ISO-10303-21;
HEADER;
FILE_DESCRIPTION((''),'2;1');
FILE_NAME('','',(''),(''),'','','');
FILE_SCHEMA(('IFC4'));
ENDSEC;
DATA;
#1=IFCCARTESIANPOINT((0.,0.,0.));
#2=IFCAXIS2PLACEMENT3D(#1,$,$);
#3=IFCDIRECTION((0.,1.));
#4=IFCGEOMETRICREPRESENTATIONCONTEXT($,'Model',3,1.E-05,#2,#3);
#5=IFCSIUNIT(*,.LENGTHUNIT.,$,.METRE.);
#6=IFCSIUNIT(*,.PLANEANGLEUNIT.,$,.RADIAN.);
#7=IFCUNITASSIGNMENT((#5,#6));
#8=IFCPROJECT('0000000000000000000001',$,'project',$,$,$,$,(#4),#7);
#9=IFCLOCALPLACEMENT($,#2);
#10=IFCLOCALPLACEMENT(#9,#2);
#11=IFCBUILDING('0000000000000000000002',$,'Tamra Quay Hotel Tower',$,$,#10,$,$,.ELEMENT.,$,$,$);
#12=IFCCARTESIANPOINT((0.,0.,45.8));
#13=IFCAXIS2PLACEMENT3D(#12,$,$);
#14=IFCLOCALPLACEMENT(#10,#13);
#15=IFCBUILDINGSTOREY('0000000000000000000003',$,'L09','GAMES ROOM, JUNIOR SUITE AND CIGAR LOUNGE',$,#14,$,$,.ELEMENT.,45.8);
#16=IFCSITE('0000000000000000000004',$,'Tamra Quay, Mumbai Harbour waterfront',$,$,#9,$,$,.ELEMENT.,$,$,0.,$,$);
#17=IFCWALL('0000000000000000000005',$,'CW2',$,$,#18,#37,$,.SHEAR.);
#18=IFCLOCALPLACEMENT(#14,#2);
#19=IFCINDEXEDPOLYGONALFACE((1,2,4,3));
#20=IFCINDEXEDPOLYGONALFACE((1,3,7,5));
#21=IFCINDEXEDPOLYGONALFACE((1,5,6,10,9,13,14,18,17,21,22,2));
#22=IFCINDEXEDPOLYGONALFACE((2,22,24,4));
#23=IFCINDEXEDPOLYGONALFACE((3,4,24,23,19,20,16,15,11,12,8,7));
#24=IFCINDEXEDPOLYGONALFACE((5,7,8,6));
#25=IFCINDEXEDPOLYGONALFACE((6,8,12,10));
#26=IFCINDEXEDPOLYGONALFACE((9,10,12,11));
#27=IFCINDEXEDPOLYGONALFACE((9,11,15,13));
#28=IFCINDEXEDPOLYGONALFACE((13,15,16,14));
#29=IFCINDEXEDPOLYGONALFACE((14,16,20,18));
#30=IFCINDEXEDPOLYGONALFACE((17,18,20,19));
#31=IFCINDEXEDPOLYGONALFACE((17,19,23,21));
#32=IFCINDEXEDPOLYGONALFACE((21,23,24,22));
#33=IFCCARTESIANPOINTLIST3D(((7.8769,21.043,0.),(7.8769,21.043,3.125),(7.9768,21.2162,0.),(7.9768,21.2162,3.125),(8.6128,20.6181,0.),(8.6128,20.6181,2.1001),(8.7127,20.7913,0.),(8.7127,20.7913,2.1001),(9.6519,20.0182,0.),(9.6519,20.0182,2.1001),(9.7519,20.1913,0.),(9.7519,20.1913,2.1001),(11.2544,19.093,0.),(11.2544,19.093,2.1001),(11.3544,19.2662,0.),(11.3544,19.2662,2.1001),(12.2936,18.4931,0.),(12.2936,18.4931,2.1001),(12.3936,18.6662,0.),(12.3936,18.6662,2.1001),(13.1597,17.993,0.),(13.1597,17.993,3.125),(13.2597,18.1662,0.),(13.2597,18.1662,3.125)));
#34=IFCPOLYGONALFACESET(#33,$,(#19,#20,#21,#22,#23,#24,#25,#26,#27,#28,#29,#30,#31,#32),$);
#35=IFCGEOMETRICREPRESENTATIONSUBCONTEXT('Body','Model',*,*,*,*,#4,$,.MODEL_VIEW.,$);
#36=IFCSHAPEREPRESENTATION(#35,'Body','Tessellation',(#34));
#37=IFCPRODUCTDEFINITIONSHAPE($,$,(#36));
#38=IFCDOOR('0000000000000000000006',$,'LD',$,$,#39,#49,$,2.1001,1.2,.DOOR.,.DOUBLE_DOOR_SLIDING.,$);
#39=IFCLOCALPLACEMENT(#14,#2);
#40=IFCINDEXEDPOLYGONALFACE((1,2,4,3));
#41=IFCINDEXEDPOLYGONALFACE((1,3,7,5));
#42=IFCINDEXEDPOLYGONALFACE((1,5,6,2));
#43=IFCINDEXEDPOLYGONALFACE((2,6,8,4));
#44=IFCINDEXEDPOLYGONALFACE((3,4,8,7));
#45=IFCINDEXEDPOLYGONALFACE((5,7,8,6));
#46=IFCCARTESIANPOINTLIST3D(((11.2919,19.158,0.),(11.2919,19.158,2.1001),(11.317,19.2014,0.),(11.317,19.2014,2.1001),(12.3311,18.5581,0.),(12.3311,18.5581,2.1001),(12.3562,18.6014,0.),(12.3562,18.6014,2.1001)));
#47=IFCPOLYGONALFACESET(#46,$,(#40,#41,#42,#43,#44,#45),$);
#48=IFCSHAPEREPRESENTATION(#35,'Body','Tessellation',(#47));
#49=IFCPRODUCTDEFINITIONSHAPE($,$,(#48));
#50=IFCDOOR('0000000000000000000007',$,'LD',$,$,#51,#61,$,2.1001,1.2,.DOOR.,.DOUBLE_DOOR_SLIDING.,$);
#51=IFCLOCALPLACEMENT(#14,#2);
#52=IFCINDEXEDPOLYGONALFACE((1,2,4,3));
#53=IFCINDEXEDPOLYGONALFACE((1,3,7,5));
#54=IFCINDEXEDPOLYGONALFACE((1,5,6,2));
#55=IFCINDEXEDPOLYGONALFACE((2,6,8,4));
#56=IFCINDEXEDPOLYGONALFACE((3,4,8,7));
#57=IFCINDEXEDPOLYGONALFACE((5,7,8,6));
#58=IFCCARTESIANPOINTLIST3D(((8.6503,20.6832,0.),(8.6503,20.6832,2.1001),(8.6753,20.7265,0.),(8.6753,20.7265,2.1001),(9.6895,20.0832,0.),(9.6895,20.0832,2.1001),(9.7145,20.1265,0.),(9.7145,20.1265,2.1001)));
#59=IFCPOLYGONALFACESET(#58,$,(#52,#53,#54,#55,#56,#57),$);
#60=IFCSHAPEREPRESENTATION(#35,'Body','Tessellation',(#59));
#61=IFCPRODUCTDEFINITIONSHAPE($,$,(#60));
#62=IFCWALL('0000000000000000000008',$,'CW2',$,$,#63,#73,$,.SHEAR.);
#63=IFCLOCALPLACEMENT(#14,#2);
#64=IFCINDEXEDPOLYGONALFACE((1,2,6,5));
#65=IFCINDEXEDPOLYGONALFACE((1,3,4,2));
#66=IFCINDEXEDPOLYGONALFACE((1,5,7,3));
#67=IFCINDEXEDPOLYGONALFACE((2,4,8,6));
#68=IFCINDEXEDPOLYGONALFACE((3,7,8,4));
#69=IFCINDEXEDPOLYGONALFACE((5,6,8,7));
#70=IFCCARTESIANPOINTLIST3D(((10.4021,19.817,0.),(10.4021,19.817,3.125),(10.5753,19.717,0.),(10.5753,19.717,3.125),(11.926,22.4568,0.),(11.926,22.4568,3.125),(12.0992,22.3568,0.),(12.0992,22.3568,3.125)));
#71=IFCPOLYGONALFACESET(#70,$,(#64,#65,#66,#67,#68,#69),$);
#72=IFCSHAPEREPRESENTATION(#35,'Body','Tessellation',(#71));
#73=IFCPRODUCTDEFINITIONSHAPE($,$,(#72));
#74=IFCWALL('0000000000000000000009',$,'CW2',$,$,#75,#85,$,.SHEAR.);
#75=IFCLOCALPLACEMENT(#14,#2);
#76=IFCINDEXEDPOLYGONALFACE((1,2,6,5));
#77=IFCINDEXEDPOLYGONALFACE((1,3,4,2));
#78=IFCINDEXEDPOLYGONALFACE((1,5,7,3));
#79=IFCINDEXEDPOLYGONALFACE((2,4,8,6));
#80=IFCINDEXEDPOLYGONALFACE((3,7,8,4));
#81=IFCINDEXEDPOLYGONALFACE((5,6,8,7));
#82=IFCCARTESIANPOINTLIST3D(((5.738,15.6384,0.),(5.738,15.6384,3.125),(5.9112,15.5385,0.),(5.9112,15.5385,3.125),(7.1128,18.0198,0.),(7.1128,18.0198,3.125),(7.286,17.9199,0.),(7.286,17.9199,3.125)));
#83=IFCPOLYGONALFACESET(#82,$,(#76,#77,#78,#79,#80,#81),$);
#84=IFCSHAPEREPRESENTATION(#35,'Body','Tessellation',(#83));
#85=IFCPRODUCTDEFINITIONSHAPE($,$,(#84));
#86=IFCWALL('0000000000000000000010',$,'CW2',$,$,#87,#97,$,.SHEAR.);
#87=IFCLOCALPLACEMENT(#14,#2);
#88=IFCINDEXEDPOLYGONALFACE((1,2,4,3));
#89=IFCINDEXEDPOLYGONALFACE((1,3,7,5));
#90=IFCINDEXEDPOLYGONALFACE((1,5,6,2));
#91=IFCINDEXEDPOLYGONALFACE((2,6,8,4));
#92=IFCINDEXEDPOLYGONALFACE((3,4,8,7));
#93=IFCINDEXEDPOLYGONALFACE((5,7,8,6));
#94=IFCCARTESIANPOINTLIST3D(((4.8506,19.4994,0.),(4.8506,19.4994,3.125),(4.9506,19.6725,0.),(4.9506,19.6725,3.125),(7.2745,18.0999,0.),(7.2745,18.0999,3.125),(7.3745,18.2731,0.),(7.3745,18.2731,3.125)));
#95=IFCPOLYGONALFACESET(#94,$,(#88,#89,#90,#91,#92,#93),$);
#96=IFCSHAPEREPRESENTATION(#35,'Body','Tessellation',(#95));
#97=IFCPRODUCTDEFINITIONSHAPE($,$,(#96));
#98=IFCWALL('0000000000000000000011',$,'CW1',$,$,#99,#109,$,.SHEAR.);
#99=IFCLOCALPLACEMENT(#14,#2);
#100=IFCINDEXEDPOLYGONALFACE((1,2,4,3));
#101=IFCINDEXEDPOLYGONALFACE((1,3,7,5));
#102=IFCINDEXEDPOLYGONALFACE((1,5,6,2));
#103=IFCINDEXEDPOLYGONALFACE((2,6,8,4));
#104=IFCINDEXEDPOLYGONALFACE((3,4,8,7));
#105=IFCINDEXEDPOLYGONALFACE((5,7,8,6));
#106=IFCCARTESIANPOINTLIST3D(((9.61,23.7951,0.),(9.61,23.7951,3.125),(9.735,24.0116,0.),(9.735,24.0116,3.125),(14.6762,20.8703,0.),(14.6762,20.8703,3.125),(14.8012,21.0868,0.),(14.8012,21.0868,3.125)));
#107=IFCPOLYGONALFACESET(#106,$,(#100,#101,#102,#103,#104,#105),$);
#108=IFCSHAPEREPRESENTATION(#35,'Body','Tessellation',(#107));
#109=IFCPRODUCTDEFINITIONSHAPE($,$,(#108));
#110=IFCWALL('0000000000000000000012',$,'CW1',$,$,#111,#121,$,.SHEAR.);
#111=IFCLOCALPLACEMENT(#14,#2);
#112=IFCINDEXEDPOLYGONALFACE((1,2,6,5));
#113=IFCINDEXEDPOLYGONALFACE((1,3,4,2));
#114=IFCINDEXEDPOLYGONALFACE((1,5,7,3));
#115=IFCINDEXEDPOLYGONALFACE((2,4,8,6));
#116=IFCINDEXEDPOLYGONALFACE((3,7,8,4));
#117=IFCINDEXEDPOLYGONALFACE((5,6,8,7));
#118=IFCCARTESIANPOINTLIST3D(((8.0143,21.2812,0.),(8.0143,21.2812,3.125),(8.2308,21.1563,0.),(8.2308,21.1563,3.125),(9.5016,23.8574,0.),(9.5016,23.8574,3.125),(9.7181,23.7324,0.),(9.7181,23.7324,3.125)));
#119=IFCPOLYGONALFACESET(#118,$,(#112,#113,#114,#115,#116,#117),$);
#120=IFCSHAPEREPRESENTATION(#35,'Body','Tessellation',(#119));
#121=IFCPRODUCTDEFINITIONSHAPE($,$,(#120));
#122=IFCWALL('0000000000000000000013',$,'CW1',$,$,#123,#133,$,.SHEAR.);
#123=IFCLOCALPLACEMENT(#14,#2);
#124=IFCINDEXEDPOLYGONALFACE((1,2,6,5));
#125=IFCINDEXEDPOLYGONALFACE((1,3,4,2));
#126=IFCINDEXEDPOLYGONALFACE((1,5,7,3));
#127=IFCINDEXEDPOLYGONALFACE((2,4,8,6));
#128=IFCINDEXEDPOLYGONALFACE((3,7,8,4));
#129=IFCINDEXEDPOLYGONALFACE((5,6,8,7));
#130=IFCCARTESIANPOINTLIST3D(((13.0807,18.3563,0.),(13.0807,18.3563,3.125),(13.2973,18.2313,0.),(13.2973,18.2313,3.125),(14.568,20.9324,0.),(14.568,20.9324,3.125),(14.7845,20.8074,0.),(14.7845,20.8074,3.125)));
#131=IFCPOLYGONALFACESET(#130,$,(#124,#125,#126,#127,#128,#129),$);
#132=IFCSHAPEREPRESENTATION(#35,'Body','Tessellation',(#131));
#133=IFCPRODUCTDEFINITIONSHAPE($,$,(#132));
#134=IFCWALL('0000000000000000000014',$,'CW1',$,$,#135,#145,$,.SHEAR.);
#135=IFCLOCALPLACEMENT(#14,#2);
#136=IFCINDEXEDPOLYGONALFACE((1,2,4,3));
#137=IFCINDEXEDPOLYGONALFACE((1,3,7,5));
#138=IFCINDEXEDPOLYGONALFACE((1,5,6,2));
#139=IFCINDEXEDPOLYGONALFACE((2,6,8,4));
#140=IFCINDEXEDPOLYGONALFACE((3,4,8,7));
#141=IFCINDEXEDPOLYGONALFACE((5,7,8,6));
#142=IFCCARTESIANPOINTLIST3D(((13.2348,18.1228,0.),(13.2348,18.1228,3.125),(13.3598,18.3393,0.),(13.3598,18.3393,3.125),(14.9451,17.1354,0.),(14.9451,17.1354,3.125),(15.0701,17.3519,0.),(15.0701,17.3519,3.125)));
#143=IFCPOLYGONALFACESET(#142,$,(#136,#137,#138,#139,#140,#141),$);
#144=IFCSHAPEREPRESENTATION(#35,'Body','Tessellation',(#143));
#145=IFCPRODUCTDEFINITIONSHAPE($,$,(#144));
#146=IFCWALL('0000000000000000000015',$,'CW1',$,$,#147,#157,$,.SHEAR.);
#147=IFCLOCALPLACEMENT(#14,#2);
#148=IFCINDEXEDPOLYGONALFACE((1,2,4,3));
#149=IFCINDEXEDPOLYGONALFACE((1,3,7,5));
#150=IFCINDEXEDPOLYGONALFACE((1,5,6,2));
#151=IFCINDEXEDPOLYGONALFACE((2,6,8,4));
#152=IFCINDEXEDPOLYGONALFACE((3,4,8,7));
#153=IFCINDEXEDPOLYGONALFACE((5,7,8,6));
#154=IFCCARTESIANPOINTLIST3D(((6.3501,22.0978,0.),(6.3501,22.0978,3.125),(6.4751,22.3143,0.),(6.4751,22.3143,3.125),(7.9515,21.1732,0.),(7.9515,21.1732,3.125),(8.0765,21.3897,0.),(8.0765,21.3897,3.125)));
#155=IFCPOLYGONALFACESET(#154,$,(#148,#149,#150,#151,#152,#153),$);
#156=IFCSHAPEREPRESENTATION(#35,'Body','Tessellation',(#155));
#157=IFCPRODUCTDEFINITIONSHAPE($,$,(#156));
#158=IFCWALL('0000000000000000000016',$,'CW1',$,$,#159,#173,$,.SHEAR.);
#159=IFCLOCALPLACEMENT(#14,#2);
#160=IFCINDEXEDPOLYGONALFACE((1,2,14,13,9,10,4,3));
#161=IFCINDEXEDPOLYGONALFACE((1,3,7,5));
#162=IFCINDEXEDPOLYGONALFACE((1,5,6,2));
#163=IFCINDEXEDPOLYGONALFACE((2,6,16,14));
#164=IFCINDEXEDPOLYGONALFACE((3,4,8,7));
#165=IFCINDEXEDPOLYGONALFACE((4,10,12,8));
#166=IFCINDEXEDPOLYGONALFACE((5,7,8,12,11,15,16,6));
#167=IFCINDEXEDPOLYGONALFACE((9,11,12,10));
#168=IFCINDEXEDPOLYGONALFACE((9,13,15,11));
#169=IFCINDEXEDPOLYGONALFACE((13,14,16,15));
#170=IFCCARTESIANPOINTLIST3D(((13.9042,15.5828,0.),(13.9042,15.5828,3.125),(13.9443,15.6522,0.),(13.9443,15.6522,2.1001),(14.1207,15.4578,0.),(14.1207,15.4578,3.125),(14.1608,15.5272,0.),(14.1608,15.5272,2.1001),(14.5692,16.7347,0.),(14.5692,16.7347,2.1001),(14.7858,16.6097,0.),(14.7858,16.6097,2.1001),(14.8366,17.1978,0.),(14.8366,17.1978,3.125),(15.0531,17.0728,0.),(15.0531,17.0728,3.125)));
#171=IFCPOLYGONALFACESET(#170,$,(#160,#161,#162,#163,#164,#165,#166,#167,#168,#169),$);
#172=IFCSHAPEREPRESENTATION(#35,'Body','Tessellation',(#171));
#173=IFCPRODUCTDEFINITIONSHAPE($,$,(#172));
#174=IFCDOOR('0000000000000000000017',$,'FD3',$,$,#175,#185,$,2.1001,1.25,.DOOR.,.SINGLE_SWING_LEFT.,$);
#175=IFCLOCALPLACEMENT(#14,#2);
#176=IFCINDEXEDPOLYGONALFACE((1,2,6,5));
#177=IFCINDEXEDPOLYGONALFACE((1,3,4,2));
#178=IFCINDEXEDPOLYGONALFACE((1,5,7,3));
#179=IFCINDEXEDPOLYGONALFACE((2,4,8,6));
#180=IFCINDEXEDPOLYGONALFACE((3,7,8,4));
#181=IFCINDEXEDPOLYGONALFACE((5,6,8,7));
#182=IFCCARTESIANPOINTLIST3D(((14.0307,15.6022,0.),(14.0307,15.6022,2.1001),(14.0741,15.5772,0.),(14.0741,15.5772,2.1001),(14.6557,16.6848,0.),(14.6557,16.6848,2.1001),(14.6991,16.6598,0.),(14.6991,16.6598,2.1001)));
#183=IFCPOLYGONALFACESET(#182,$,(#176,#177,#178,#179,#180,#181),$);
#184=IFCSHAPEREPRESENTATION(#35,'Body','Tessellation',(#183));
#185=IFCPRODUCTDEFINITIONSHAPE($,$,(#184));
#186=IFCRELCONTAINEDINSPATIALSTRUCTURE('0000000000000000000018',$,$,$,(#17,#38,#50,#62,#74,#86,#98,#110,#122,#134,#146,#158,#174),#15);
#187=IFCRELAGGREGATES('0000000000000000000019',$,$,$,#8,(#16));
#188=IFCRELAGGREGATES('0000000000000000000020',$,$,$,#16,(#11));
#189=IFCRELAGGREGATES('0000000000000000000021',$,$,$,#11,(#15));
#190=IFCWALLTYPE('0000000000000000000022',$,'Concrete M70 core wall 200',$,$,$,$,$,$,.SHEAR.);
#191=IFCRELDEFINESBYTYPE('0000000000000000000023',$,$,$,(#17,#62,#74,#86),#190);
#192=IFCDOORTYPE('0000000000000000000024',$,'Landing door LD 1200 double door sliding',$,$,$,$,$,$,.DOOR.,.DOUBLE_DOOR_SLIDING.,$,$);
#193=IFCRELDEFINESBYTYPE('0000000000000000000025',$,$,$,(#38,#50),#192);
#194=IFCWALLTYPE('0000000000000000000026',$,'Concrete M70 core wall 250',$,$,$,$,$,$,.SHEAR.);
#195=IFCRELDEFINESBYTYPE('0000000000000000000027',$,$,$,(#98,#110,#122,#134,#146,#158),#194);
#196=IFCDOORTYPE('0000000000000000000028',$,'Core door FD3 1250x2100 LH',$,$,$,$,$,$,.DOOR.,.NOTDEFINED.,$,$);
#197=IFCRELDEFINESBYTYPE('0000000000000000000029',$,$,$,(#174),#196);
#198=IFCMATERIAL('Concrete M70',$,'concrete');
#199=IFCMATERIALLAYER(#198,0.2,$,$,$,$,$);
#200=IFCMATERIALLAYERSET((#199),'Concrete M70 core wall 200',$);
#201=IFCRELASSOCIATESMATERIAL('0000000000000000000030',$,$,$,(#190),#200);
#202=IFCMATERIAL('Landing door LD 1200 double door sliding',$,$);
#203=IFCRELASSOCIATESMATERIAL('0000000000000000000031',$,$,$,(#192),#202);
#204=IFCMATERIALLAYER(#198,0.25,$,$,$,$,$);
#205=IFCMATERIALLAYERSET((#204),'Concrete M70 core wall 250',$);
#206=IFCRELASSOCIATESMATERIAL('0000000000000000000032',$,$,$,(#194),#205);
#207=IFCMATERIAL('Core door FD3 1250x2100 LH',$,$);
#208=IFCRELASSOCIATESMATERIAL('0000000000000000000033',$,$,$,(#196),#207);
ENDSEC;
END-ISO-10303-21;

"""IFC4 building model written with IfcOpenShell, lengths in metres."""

from ifc_helpers import new_model, si_unit, direction, frame, frame_2d, origin, place, context, subcontext, project, spatial, rectangle, extrude, material, layer, layer_set, type_object, element, fill, save


model = new_model("IFC4")

# Units and contexts
model_context = context("Model", 3, precision=1e-05, world=origin(), true_north=direction((0.0, 1.0)))
body_context = subcontext(model_context, "Body", "Model", "MODEL_VIEW")
ifc_project = project(units=[si_unit("LENGTHUNIT", "METRE"), si_unit("PLANEANGLEUNIT", "RADIAN")], contexts=[model_context])

# Site, building, storey
site_placement = place(None, origin())
site = spatial("IfcSite", under=ifc_project, at=site_placement, Name="Tamra Quay, Mumbai Harbour waterfront", CompositionType="ELEMENT", RefElevation=0.0)
building_placement = place(site_placement, origin())
building = spatial("IfcBuilding", under=site, at=building_placement, Name="Tamra Quay Hotel Tower", CompositionType="ELEMENT")
storey_placement = place(building_placement, frame((0.0, 0.0, 45.8)))
storey = spatial("IfcBuildingStorey", under=building, at=storey_placement, Name="L09", Description="GAMES ROOM, JUNIOR SUITE AND CIGAR LOUNGE", CompositionType="ELEMENT", Elevation=45.8)

# Shared definitions
ifc_material_1 = material(Name="Concrete M70", Category="concrete")

# Wall, openings, doors
ifc_layer_1 = layer(ifc_material_1, 0.2)
ifc_layer_set_1 = layer_set([ifc_layer_1], Name="Concrete M70 core wall 200")
wall_type_1 = type_object("IfcWallType", Name="Concrete M70 core wall 200", PredefinedType="SHEAR", material=ifc_layer_set_1)
wall_1_placement = place(storey_placement, frame((13.2097, 18.0796, 0.0), z_axis=(0.0, 0.0, 1.0), x_axis=(-0.86603, 0.499992, 0.0)))
wall_1 = element("IfcWall", 1, at=wall_1_placement, inside=storey, type_object=wall_type_1, Name="CW2", PredefinedType="SHEAR", context=body_context, shape_type="SweptSolid", body=[
    extrude(rectangle(XDim=6.1001, YDim=0.2, at=frame_2d((3.05, 0.0))), origin(), (0.0, 0.0, 1.0), 3.125),
])
opening_1_placement = place(wall_1_placement, frame((1.0, 0.0, 0.0)))
opening_1 = element("IfcOpeningElement", 2, at=opening_1_placement, cuts=wall_1, PredefinedType="OPENING", context=body_context, shape_type="SweptSolid", body=[
    extrude(rectangle(XDim=1.2, YDim=2.1001, at=frame_2d((0.6001, 1.05))), frame((0.0, 0.1099, 0.0), z_axis=(0.0, -1.0, 0.0), x_axis=(1.0, 0.0, 0.0)), (0.0, 0.0, 1.0), 0.22),
])
opening_2_placement = place(wall_1_placement, frame((4.0503, 0.0, 0.0)))
opening_2 = element("IfcOpeningElement", 3, at=opening_2_placement, cuts=wall_1, PredefinedType="OPENING", context=body_context, shape_type="SweptSolid", body=[
    extrude(rectangle(XDim=1.2, YDim=2.1001, at=frame_2d((0.6001, 1.05))), frame((0.0, 0.1099, 0.0), z_axis=(0.0, -1.0, 0.0), x_axis=(1.0, 0.0, 0.0)), (0.0, 0.0, 1.0), 0.22),
])
ifc_material_2 = material(Name="Landing door LD 1200 double door sliding")
door_type_1 = type_object("IfcDoorType", Name="Landing door LD 1200 double door sliding", OperationType="DOUBLE_DOOR_SLIDING", PredefinedType="DOOR", material=ifc_material_2)
door_1_placement = place(opening_1_placement, origin())
door_1 = element("IfcDoor", 4, at=door_1_placement, inside=storey, type_object=door_type_1, Name="LD", OperationType="DOUBLE_DOOR_SLIDING", OverallHeight=2.1001, OverallWidth=1.2, PredefinedType="DOOR", context=body_context, shape_type="SweptSolid", body=[
    extrude(rectangle(XDim=1.2, YDim=2.1001, at=frame_2d((0.6001, 1.05))), frame((0.0, 0.0249, 0.0), z_axis=(0.0, -1.0, 0.0), x_axis=(1.0, 0.0, 0.0)), (0.0, 0.0, 1.0), 0.05),
])
fill(opening_1, door_1)
door_2_placement = place(opening_2_placement, origin())
door_2 = element("IfcDoor", 5, at=door_2_placement, inside=storey, type_object=door_type_1, Name="LD", OperationType="DOUBLE_DOOR_SLIDING", OverallHeight=2.1001, OverallWidth=1.2, PredefinedType="DOOR", context=body_context, shape_type="SweptSolid", body=[
    extrude(rectangle(XDim=1.2, YDim=2.1001, at=frame_2d((0.6001, 1.05))), frame((0.0, 0.0249, 0.0), z_axis=(0.0, -1.0, 0.0), x_axis=(1.0, 0.0, 0.0)), (0.0, 0.0, 1.0), 0.05),
])
fill(opening_2, door_2)

# Walls
wall_2_placement = place(storey_placement, frame((10.4888, 19.7671, 0.0), z_axis=(0.0, 0.0, 1.0), x_axis=(0.499947, 0.866056, 0.0)))
element("IfcWall", 6, at=wall_2_placement, inside=storey, type_object=wall_type_1, Name="CW2", PredefinedType="SHEAR", context=body_context, shape_type="SweptSolid", body=[
    extrude(rectangle(XDim=3.0481, YDim=0.2, at=frame_2d((1.5239, 0.0))), origin(), (0.0, 0.0, 1.0), 3.125),
])
wall_3_placement = place(storey_placement, frame((7.1995, 17.97, 0.0), z_axis=(0.0, 0.0, 1.0), x_axis=(-0.499968, -0.866044, 0.0)))
element("IfcWall", 7, at=wall_3_placement, inside=storey, type_object=wall_type_1, Name="CW2", PredefinedType="SHEAR", context=body_context, shape_type="SweptSolid", body=[
    extrude(rectangle(XDim=2.7498, YDim=0.2, at=frame_2d((1.375, 0.0))), origin(), (0.0, 0.0, 1.0), 3.125),
])
wall_4_placement = place(storey_placement, frame((4.9006, 19.5859, 0.0), z_axis=(0.0, 0.0, 1.0), x_axis=(0.866023, -0.500004, 0.0)))
element("IfcWall", 8, at=wall_4_placement, inside=storey, type_object=wall_type_1, Name="CW2", PredefinedType="SHEAR", context=body_context, shape_type="SweptSolid", body=[
    extrude(rectangle(XDim=2.7988, YDim=0.2, at=frame_2d((1.3994, 0.0))), origin(), (0.0, 0.0, 1.0), 3.125),
])
ifc_layer_2 = layer(ifc_material_1, 0.25)
ifc_layer_set_2 = layer_set([ifc_layer_2], Name="Concrete M70 core wall 250")
wall_type_2 = type_object("IfcWallType", Name="Concrete M70 core wall 250", PredefinedType="SHEAR", material=ifc_layer_set_2)
wall_5_placement = place(storey_placement, frame((9.6726, 23.9033, 0.0), z_axis=(0.0, 0.0, 1.0), x_axis=(0.866036, -0.499981, 0.0)))
element("IfcWall", 9, at=wall_5_placement, inside=storey, type_object=wall_type_2, Name="CW1", PredefinedType="SHEAR", context=body_context, shape_type="SweptSolid", body=[
    extrude(rectangle(XDim=5.8499, YDim=0.25, at=frame_2d((2.9248, 0.0))), origin(), (0.0, 0.0, 1.0), 3.125),
])
for number, where, z_axis, x_axis, name in (
    (10, (8.1226, 21.2188, 0.0), (0.0, 0.0, 1.0), (0.499988, 0.866033, 0.0), "CW1"),
    (11, (14.6763, 20.8699, 0.0), (0.0, 0.0, 1.0), (-0.499988, -0.866033, 0.0), "CW1"),
):
    element("IfcWall", number, at=place(storey_placement, frame(where, z_axis=z_axis, x_axis=x_axis)), inside=storey, type_object=wall_type_2, Name=name, PredefinedType="SHEAR", context=body_context, shape_type="SweptSolid", body=[
        extrude(rectangle(XDim=2.9746, YDim=0.25, at=frame_2d((1.4873, 0.0))), origin(), (0.0, 0.0, 1.0), 3.125),
    ])
wall_6_placement = place(storey_placement, frame((13.2974, 18.231, 0.0), z_axis=(0.0, 0.0, 1.0), x_axis=(0.866044, -0.499969, 0.0)))
element("IfcWall", 12, at=wall_6_placement, inside=storey, type_object=wall_type_2, Name="CW1", PredefinedType="SHEAR", context=body_context, shape_type="SweptSolid", body=[
    extrude(rectangle(XDim=1.9749, YDim=0.25, at=frame_2d((0.9873, 0.0))), origin(), (0.0, 0.0, 1.0), 3.125),
])
wall_7_placement = place(storey_placement, frame((6.4126, 22.2061, 0.0), z_axis=(0.0, 0.0, 1.0), x_axis=(0.866016, -0.500016, 0.0)))
element("IfcWall", 13, at=wall_7_placement, inside=storey, type_object=wall_type_2, Name="CW1", PredefinedType="SHEAR", context=body_context, shape_type="SweptSolid", body=[
    extrude(rectangle(XDim=1.8491, YDim=0.25, at=frame_2d((0.9246, 0.0))), origin(), (0.0, 0.0, 1.0), 3.125),
])

# Wall, opening, door
wall_8_placement = place(storey_placement, frame((14.9448, 17.1353, 0.0), z_axis=(0.0, 0.0, 1.0), x_axis=(-0.499983, -0.866035, 0.0)))
wall_8 = element("IfcWall", 14, at=wall_8_placement, inside=storey, type_object=wall_type_2, Name="CW1", PredefinedType="SHEAR", context=body_context, shape_type="SweptSolid", body=[
    extrude(rectangle(XDim=1.8647, YDim=0.25, at=frame_2d((0.9324, 0.0))), origin(), (0.0, 0.0, 1.0), 3.125),
])
opening_3_placement = place(wall_8_placement, frame((0.5347, 0.0, 0.0)))
opening_3 = element("IfcOpeningElement", 15, at=opening_3_placement, cuts=wall_8, PredefinedType="OPENING", context=body_context, shape_type="SweptSolid", body=[
    extrude(rectangle(XDim=1.25, YDim=2.1001, at=frame_2d((0.625, 1.05))), frame((0.0, 0.135, 0.0), z_axis=(0.0, -1.0, 0.0), x_axis=(1.0, 0.0, 0.0)), (0.0, 0.0, 1.0), 0.27),
])
ifc_material_3 = material(Name="Core door FD3 1250x2100 LH")
door_type_2 = type_object("IfcDoorType", Name="Core door FD3 1250x2100 LH", OperationType="NOTDEFINED", PredefinedType="DOOR", material=ifc_material_3)
door_3_placement = place(opening_3_placement, origin())
door_3 = element("IfcDoor", 16, at=door_3_placement, inside=storey, type_object=door_type_2, Name="FD3", OperationType="SINGLE_SWING_LEFT", OverallHeight=2.1001, OverallWidth=1.25, PredefinedType="DOOR", context=body_context, shape_type="SweptSolid", body=[
    extrude(rectangle(XDim=1.25, YDim=2.1001, at=frame_2d((0.625, 1.05))), frame((0.0, 0.0249, 0.0), z_axis=(0.0, -1.0, 0.0), x_axis=(1.0, 0.0, 0.0)), (0.0, 0.0, 1.0), 0.05),
])
fill(opening_3, door_3)

save(model, "model.ifc")
